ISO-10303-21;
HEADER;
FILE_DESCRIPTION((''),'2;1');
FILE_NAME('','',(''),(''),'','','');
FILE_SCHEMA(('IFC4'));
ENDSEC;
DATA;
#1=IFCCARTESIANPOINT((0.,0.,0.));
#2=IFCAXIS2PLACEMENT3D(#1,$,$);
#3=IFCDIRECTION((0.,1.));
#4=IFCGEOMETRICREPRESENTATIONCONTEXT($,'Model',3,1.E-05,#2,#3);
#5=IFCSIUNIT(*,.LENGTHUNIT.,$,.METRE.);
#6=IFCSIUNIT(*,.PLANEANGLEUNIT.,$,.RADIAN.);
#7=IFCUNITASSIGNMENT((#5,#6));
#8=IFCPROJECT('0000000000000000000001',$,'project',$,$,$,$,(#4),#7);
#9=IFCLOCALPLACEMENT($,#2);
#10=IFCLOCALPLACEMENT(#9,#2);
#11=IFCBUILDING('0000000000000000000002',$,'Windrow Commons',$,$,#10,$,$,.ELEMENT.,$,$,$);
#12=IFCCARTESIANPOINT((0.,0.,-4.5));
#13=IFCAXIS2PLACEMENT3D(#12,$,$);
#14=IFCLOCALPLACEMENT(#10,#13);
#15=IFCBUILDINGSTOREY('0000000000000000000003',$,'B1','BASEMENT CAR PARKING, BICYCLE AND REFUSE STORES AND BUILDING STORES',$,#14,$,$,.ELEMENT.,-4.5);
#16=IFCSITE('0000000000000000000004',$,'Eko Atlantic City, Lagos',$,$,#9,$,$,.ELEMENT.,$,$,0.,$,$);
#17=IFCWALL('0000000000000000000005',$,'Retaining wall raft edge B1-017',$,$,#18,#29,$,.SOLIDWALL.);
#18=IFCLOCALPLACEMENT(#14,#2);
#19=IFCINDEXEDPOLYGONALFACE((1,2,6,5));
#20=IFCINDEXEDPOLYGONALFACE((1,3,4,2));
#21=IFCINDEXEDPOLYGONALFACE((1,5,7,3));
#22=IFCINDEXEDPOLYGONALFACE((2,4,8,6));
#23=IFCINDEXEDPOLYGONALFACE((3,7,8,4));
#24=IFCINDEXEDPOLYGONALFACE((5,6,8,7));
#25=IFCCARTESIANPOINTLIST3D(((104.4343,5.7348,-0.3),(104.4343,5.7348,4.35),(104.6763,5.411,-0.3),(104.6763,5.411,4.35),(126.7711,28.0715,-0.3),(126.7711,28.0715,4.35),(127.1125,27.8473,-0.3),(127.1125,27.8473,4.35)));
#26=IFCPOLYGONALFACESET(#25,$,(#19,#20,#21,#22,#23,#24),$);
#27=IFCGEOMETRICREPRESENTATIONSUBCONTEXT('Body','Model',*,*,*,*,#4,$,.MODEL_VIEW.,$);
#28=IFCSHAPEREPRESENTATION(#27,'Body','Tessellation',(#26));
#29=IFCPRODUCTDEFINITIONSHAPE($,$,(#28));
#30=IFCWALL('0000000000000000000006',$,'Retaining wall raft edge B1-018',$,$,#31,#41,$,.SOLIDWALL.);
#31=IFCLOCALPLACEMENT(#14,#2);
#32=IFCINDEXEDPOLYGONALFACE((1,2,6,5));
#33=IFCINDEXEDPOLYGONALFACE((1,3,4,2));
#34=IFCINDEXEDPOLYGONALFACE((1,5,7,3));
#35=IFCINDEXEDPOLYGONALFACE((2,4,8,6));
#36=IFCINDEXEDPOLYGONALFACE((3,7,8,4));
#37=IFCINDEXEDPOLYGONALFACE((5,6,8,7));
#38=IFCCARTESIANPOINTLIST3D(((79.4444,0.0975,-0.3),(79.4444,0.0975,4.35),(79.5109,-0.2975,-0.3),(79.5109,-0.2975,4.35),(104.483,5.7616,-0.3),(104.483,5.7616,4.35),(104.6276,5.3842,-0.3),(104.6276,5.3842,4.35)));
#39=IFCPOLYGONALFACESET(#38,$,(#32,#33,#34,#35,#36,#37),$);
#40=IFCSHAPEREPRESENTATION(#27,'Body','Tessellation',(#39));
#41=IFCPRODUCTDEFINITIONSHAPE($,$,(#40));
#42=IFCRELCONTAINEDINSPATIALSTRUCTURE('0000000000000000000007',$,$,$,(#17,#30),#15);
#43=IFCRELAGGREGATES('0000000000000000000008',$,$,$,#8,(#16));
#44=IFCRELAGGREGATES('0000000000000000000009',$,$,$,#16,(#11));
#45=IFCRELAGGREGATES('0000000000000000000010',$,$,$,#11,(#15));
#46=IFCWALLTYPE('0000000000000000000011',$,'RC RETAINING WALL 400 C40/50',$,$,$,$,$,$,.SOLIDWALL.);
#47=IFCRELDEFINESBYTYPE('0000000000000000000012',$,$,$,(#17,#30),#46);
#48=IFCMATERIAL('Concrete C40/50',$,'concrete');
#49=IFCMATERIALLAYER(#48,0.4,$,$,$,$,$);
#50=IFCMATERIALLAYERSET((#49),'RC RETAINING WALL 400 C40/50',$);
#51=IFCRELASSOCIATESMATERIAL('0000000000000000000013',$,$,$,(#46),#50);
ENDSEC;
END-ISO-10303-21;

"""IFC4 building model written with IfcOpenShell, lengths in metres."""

from ifc_helpers import new_model, si_unit, direction, frame, origin, place, context, subcontext, project, spatial, polyline, outline, extrude, material, layer, layer_set, type_object, element, save


model = new_model("IFC4")

# Units and contexts
model_context = context("Model", 3, precision=1e-05, world=origin(), true_north=direction((0.0, 1.0)))
body_context = subcontext(model_context, "Body", "Model", "MODEL_VIEW")
ifc_project = project(units=[si_unit("LENGTHUNIT", "METRE"), si_unit("PLANEANGLEUNIT", "RADIAN")], contexts=[model_context])

# Site, building, storey
site_placement = place(None, origin())
site = spatial("IfcSite", under=ifc_project, at=site_placement, Name="Eko Atlantic City, Lagos", CompositionType="ELEMENT", RefElevation=0.0)
building_placement = place(site_placement, origin())
building = spatial("IfcBuilding", under=site, at=building_placement, Name="Windrow Commons", CompositionType="ELEMENT")
storey_placement = place(building_placement, frame((0.0, 0.0, -4.5)))
storey = spatial("IfcBuildingStorey", under=building, at=storey_placement, Name="B1", Description="BASEMENT CAR PARKING, BICYCLE AND REFUSE STORES AND BUILDING STORES", CompositionType="ELEMENT", Elevation=-4.5)

# Walls
ifc_material_1 = material(Name="Concrete C40/50", Category="concrete")
ifc_layer = layer(ifc_material_1, 0.4)
ifc_layer_set = layer_set([ifc_layer], Name="RC RETAINING WALL 400 C40/50")
wall_type = type_object("IfcWallType", Name="RC RETAINING WALL 400 C40/50", PredefinedType="SOLIDWALL", material=ifc_layer_set)
wall_1_placement = place(storey_placement, frame((126.9418, 27.9594, -0.3), z_axis=(0.0, 0.0, 1.0), x_axis=(-0.707107, -0.707107, 0.0)))
element("IfcWall", 1, at=wall_1_placement, inside=storey, type_object=wall_type, Name="Retaining wall raft edge B1-017", PredefinedType="SOLIDWALL", context=body_context, shape_type="SweptSolid", body=[
    extrude(outline(polyline([(0.0414, -0.2), (31.6304, -0.2), (31.6882, 0.2), (-0.0414, 0.2), (0.0414, -0.2)])), origin(), (0.0, 0.0, 1.0), 4.65),
])
wall_2_placement = place(storey_placement, frame((104.5553, 5.5729, -0.3), z_axis=(0.0, 0.0, 1.0), x_axis=(-0.975356, -0.220639, 0.0)))
element("IfcWall", 2, at=wall_2_placement, inside=storey, type_object=wall_type, Name="Retaining wall raft edge B1-018", PredefinedType="SOLIDWALL", context=body_context, shape_type="SweptSolid", body=[
    extrude(outline(polyline([(0.0289, -0.2), (25.7001, -0.2), (25.7224, 0.2), (-0.0289, 0.2), (0.0289, -0.2)])), origin(), (0.0, 0.0, 1.0), 4.65),
])

save(model, "model.ifc")
